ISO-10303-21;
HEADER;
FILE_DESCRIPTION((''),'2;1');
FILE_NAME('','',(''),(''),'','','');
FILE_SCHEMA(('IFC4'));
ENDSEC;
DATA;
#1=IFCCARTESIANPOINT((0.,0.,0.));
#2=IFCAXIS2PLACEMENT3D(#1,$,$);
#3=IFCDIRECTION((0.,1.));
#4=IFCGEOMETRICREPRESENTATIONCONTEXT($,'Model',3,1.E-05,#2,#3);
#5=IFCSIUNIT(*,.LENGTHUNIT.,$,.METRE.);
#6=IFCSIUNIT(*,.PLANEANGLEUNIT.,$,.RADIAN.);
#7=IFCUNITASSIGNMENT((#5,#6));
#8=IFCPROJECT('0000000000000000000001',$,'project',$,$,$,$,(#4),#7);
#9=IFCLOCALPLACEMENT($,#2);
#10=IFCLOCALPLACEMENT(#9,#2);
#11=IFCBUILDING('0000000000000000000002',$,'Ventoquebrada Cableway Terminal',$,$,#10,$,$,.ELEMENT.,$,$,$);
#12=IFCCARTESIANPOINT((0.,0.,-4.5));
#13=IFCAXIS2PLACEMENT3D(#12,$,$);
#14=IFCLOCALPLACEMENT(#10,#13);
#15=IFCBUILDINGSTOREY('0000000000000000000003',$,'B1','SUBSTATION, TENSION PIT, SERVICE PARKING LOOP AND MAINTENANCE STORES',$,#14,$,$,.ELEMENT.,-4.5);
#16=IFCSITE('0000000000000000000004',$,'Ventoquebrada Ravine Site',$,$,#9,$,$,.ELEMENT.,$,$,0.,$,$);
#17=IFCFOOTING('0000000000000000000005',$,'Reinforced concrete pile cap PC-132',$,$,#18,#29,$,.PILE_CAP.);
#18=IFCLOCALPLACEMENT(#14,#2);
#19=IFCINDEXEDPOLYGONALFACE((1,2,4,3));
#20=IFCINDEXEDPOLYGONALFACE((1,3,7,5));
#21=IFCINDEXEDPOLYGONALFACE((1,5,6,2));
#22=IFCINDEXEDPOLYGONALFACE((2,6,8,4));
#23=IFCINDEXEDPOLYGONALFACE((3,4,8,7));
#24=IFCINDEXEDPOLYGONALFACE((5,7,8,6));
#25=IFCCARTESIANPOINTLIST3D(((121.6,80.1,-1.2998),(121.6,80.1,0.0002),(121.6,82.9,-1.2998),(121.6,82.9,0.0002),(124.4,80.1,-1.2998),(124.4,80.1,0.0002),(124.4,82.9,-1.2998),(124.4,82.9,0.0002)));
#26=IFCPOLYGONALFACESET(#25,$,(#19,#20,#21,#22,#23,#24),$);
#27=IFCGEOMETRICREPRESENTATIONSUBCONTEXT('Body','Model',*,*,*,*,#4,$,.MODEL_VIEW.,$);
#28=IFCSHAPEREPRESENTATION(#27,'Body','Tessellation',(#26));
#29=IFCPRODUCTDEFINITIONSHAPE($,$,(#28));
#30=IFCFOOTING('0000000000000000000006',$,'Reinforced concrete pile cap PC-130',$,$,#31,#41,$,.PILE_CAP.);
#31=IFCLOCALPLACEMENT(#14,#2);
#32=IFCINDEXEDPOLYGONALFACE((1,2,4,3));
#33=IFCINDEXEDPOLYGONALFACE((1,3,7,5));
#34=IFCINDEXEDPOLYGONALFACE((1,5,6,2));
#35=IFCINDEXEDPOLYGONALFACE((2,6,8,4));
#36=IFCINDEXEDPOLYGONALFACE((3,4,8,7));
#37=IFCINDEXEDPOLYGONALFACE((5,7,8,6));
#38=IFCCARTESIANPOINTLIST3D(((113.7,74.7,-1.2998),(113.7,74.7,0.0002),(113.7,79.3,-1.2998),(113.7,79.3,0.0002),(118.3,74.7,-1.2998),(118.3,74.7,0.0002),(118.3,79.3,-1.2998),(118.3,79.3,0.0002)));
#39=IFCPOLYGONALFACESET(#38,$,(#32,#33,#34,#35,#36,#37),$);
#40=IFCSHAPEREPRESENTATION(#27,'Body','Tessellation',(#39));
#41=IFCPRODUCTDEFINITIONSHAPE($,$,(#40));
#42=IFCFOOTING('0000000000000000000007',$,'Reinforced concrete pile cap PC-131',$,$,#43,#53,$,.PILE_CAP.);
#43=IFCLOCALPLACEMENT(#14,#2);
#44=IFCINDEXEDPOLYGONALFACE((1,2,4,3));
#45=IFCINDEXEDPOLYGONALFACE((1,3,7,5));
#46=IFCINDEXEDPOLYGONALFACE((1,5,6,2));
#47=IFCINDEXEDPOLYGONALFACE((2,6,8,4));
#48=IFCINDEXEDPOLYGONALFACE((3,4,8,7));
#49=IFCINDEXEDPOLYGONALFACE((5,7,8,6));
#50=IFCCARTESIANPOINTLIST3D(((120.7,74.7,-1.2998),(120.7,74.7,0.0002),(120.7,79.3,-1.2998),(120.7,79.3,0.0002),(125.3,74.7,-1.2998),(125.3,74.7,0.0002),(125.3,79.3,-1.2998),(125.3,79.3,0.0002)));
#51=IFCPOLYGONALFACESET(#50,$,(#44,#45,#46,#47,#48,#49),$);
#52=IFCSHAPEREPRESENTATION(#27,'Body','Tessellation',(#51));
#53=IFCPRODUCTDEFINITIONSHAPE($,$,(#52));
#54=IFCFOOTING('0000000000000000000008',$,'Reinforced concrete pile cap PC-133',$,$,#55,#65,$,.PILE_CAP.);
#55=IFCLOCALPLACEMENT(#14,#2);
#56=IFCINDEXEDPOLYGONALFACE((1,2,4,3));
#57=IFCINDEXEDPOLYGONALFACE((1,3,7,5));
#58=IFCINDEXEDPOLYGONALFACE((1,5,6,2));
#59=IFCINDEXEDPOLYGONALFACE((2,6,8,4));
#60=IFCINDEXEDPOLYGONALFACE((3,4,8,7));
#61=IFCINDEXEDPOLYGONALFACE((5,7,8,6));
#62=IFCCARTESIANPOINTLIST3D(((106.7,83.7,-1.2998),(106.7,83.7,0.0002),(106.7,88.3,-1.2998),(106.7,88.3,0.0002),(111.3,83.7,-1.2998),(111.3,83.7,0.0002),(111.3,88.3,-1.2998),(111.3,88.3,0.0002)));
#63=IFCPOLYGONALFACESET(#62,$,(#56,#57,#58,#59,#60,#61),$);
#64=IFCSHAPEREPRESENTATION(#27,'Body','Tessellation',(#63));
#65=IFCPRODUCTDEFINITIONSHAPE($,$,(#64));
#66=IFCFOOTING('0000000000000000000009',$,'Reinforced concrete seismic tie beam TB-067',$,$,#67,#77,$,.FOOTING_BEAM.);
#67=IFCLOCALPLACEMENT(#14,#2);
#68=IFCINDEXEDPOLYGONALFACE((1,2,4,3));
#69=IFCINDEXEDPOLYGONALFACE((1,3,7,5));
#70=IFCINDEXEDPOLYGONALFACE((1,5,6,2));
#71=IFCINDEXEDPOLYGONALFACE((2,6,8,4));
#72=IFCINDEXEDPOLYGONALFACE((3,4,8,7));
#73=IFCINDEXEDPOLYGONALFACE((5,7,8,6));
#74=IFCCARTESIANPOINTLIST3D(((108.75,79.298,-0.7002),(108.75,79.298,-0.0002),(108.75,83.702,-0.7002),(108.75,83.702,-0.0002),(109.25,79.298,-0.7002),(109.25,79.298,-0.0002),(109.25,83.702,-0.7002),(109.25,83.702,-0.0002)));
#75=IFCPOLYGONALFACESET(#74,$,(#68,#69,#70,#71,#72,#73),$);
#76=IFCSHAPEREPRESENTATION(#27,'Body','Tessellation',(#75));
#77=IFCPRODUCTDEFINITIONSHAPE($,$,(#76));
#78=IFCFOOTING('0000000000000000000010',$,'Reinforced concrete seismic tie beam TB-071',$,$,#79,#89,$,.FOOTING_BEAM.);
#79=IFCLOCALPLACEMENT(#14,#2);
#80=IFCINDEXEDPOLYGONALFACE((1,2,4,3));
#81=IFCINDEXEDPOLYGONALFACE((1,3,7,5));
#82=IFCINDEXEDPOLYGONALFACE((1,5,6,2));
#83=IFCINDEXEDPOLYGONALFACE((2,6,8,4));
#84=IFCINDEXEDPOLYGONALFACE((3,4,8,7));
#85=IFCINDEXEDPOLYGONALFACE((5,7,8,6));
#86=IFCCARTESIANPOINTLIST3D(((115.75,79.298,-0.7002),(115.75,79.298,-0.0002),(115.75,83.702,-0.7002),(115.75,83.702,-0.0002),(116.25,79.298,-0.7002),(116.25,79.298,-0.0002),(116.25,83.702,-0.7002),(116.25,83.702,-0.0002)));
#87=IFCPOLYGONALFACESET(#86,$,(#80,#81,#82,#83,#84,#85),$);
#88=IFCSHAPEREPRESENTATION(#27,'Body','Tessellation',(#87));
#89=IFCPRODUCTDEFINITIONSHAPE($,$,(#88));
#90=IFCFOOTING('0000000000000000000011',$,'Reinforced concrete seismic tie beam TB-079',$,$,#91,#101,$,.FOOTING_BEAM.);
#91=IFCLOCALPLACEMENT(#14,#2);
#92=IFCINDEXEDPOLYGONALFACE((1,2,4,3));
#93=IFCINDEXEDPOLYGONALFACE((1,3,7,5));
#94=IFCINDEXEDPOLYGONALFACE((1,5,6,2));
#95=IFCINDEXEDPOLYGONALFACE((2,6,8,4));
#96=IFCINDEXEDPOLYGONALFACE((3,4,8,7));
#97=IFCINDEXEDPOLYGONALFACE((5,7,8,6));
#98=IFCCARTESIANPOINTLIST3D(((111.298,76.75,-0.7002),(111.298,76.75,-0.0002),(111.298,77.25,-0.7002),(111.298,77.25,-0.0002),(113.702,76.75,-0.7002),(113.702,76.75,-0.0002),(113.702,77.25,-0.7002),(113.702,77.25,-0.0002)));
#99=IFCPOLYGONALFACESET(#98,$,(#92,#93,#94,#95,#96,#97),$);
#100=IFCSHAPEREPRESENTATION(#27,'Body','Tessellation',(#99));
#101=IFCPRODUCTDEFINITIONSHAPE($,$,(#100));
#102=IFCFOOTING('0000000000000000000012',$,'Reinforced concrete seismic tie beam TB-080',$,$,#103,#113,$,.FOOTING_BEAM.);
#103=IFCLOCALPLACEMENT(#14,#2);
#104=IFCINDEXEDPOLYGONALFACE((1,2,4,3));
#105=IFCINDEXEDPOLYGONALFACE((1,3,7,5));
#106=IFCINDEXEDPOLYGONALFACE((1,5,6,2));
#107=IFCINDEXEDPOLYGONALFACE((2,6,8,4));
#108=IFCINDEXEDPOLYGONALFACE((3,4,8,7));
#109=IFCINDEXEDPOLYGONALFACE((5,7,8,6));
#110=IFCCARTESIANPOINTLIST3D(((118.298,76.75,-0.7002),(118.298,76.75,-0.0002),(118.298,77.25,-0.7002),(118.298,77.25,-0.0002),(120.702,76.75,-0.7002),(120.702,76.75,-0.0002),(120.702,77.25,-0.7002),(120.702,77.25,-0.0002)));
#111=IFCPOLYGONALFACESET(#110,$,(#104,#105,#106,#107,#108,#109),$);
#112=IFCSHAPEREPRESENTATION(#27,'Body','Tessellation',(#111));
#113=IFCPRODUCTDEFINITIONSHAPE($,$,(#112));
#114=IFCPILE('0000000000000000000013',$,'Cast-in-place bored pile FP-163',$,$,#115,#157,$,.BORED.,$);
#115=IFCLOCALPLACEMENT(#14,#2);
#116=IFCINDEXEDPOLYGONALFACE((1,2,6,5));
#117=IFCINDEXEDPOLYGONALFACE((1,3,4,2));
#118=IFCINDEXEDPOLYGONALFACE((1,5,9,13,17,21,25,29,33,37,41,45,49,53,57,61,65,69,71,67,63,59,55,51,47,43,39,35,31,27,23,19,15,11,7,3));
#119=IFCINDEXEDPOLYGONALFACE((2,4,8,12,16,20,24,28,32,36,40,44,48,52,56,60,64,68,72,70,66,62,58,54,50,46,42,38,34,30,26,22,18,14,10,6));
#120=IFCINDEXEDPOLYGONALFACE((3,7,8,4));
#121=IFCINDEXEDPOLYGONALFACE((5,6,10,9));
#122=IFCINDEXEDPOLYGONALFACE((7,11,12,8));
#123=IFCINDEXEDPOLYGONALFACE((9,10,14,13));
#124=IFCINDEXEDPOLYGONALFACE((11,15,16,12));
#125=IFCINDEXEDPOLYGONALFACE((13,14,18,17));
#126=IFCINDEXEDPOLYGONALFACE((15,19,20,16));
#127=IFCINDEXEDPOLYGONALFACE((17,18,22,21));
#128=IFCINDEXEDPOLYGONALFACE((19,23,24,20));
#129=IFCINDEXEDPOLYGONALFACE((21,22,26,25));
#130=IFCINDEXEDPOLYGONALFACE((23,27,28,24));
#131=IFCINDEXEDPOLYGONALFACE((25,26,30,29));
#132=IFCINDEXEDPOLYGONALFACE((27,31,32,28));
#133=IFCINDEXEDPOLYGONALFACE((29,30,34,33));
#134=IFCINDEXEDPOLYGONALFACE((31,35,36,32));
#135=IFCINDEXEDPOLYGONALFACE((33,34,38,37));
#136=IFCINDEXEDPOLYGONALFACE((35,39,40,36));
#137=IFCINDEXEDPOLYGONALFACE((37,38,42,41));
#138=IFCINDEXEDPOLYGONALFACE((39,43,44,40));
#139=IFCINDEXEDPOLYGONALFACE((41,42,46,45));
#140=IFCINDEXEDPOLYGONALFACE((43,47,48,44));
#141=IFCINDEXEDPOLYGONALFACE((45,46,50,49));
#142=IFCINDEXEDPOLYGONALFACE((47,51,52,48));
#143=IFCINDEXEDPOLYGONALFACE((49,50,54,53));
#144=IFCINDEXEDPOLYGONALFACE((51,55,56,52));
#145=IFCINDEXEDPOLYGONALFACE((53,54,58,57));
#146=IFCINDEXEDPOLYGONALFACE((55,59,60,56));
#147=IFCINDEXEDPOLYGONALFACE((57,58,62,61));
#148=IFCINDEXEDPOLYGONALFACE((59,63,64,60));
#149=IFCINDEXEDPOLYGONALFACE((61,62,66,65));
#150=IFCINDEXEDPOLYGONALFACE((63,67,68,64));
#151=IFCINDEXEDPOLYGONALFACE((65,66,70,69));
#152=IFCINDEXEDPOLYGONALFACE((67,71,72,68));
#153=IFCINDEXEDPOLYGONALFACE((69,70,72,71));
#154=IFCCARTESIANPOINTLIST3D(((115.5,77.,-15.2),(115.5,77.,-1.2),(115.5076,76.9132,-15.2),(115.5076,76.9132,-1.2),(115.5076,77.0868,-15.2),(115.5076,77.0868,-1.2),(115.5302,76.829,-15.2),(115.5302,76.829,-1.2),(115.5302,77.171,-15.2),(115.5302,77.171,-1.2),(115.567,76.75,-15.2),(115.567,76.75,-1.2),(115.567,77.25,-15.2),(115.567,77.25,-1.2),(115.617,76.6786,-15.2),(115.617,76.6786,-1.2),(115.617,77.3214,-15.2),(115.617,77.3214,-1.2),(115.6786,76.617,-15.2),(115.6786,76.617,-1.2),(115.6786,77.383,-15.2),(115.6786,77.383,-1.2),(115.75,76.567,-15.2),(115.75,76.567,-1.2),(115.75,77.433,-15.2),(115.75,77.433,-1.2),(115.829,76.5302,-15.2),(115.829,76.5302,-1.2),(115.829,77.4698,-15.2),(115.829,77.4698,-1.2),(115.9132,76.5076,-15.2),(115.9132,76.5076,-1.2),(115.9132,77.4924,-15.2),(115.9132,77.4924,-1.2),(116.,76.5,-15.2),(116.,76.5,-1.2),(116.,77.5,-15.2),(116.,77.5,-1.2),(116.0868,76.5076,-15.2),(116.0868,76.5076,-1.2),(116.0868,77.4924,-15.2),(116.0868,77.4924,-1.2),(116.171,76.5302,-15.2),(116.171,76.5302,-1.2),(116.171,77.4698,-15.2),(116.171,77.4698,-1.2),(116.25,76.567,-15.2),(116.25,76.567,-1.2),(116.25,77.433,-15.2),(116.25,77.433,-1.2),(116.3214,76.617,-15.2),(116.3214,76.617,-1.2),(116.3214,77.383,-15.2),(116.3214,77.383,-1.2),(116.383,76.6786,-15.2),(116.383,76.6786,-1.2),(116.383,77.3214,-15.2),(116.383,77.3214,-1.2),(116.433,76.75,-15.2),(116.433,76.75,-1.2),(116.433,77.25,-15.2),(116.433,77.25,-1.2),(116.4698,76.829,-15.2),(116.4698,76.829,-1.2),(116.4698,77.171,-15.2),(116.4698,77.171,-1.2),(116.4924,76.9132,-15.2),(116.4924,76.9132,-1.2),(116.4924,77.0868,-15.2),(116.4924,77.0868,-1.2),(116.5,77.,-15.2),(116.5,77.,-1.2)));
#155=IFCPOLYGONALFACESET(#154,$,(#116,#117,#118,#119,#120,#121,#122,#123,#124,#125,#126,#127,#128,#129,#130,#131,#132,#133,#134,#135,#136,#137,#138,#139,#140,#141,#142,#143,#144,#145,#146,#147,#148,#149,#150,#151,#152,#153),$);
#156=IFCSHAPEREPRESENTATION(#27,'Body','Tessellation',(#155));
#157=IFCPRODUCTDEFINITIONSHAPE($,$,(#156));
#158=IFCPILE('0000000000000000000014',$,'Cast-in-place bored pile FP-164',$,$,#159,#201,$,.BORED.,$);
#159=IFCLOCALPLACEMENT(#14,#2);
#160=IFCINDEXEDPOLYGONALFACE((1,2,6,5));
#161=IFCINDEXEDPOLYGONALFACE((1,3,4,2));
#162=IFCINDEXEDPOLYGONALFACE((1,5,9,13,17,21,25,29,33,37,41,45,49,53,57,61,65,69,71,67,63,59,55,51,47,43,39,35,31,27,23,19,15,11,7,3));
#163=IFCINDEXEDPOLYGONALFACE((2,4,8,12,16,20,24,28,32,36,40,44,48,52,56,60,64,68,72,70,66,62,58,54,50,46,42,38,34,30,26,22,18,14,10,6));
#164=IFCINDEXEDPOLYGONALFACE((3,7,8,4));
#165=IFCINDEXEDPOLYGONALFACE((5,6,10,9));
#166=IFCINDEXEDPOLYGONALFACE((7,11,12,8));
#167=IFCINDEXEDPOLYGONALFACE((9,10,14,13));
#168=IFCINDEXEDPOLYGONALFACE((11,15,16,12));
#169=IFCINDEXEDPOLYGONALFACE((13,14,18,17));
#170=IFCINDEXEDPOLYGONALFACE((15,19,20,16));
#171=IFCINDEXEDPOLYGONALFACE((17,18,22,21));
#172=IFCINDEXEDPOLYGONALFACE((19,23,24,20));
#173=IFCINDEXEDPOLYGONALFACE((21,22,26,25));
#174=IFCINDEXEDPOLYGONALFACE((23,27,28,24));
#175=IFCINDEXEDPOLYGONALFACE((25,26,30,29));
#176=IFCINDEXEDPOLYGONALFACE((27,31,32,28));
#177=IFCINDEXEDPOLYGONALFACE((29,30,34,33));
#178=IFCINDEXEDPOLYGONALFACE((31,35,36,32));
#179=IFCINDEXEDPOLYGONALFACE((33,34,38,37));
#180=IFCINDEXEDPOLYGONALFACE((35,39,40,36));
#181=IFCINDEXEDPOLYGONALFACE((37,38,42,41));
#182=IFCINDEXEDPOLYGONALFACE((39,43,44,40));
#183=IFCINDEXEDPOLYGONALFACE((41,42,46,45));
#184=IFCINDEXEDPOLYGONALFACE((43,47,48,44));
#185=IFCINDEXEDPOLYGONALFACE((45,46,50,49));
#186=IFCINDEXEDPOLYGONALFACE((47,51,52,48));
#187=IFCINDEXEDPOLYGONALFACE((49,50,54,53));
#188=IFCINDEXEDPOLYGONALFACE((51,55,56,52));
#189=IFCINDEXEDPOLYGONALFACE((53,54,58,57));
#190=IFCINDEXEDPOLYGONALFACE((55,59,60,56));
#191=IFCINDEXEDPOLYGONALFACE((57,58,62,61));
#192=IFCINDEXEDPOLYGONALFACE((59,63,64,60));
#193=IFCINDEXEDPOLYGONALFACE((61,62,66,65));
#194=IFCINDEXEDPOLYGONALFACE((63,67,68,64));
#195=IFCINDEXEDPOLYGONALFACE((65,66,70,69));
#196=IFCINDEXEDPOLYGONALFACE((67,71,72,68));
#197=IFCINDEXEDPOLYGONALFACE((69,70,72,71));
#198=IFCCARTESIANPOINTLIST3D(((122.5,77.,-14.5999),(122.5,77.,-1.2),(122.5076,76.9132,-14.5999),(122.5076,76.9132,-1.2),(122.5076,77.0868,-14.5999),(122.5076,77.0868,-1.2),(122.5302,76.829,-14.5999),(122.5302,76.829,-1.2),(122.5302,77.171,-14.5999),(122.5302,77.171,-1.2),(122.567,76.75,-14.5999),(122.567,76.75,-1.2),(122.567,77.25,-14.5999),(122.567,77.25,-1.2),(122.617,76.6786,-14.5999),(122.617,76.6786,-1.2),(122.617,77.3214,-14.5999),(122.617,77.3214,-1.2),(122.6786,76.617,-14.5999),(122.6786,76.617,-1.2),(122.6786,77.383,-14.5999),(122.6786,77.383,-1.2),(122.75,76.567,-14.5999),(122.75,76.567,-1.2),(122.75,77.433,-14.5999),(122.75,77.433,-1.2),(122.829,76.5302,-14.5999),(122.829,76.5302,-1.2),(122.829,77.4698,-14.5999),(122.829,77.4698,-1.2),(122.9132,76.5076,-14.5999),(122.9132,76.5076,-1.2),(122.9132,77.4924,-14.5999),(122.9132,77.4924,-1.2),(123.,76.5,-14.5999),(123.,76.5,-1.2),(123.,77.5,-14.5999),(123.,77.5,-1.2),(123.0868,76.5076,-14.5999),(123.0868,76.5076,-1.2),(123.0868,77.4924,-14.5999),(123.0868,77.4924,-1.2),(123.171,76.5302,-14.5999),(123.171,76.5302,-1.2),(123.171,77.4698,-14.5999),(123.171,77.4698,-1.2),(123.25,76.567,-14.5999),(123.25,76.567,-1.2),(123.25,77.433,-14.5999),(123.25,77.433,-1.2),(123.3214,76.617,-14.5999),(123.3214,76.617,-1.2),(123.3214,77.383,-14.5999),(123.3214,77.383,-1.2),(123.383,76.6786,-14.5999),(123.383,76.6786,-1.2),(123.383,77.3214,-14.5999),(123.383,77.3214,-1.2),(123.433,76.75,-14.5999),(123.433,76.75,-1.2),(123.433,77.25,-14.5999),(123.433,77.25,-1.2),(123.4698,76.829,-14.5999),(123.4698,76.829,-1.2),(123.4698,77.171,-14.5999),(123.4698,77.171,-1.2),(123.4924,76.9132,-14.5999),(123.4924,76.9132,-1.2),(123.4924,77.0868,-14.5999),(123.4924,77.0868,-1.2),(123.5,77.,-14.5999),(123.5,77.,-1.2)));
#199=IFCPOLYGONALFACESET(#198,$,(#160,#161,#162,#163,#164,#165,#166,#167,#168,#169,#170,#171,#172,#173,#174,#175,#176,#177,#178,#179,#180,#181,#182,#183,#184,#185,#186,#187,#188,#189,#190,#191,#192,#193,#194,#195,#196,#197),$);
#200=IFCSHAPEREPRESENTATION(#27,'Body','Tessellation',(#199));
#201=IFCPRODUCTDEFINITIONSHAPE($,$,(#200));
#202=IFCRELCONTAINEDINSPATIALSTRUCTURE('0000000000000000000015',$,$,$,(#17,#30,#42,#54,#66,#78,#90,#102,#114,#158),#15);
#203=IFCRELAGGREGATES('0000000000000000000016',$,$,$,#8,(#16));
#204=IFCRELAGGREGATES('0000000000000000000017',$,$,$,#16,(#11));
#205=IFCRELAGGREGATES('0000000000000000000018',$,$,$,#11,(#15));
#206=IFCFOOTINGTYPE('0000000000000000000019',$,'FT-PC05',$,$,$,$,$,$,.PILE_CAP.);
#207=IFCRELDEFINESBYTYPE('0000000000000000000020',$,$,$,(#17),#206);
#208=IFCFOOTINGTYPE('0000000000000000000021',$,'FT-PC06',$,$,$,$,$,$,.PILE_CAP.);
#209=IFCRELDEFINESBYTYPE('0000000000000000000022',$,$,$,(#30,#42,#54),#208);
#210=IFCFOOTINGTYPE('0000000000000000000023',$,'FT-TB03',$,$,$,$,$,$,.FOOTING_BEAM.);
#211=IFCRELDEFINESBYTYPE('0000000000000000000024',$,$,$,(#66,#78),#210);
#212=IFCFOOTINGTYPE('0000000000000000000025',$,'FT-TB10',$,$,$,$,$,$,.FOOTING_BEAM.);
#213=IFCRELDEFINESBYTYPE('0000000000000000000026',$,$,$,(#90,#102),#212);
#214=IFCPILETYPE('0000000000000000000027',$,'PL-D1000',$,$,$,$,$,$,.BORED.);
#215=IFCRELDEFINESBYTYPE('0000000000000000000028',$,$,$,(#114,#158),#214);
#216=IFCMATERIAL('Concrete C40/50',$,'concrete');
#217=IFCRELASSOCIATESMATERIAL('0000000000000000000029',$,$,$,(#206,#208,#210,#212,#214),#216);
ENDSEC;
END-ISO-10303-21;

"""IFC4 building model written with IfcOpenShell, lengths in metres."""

from ifc_helpers import new_model, si_unit, direction, frame, origin, origin_2d, place, context, subcontext, project, spatial, rectangle, circle, extrude, material, material_profile, profile_set, type_object, element, save


model = new_model("IFC4")

# Units and contexts
model_context = context("Model", 3, precision=1e-05, world=origin(), true_north=direction((0.0, 1.0)))
body_context = subcontext(model_context, "Body", "Model", "MODEL_VIEW")
ifc_project = project(units=[si_unit("LENGTHUNIT", "METRE"), si_unit("PLANEANGLEUNIT", "RADIAN")], contexts=[model_context])

# Site, building, storey
site_placement = place(None, origin())
site = spatial("IfcSite", under=ifc_project, at=site_placement, Name="Ventoquebrada Ravine Site", CompositionType="ELEMENT", RefElevation=0.0)
building_placement = place(site_placement, origin())
building = spatial("IfcBuilding", under=site, at=building_placement, Name="Ventoquebrada Cableway Terminal", CompositionType="ELEMENT")
storey_placement = place(building_placement, frame((0.0, 0.0, -4.5)))
storey = spatial("IfcBuildingStorey", under=building, at=storey_placement, Name="B1", Description="SUBSTATION, TENSION PIT, SERVICE PARKING LOOP AND MAINTENANCE STORES", CompositionType="ELEMENT", Elevation=-4.5)

# Footings
ifc_material_1 = material(Name="Concrete C40/50", Category="concrete")
footing_type_1 = type_object("IfcFootingType", Name="FT-PC05", PredefinedType="PILE_CAP", material=ifc_material_1)
footing_placement = place(storey_placement, frame((123.0, 81.5, -1.2998), z_axis=(0.0, 0.0, 1.0), x_axis=(1.0, 0.0, 0.0)))
element("IfcFooting", 1, at=footing_placement, inside=storey, type_object=footing_type_1, Name="Reinforced concrete pile cap PC-132", PredefinedType="PILE_CAP", context=body_context, shape_type="SweptSolid", body=[
    extrude(rectangle(XDim=2.8, YDim=2.8, at=origin_2d()), origin(), (0.0, 0.0, 1.0), 1.3),
])
footing_type_2 = type_object("IfcFootingType", Name="FT-PC06", PredefinedType="PILE_CAP", material=ifc_material_1)
for number, where, z_axis, x_axis, name in (
    (2, (116.0, 77.0, -1.2998), (0.0, 0.0, 1.0), (1.0, 0.0, 0.0), "Reinforced concrete pile cap PC-130"),
    (3, (123.0, 77.0, -1.2998), (0.0, 0.0, 1.0), (1.0, 0.0, 0.0), "Reinforced concrete pile cap PC-131"),
    (4, (109.0, 86.0, -1.2998), (0.0, 0.0, 1.0), (1.0, 0.0, 0.0), "Reinforced concrete pile cap PC-133"),
):
    element("IfcFooting", number, at=place(storey_placement, frame(where, z_axis=z_axis, x_axis=x_axis)), inside=storey, type_object=footing_type_2, Name=name, PredefinedType="PILE_CAP", context=body_context, shape_type="SweptSolid", body=[
        extrude(rectangle(XDim=4.6001, YDim=4.6001, at=origin_2d()), origin(), (0.0, 0.0, 1.0), 1.3),
    ])
footing_type_3 = type_object("IfcFootingType", Name="FT-TB03", PredefinedType="FOOTING_BEAM", material=ifc_material_1)
for number, where, z_axis, x_axis, name in (
    (5, (109.0, 81.5, -0.7002), (0.0, 0.0, 1.0), (0.0, 1.0, 0.0), "Reinforced concrete seismic tie beam TB-067"),
    (6, (116.0, 81.5, -0.7002), (0.0, 0.0, 1.0), (0.0, 1.0, 0.0), "Reinforced concrete seismic tie beam TB-071"),
):
    element("IfcFooting", number, at=place(storey_placement, frame(where, z_axis=z_axis, x_axis=x_axis)), inside=storey, type_object=footing_type_3, Name=name, PredefinedType="FOOTING_BEAM", context=body_context, shape_type="SweptSolid", body=[
        extrude(rectangle(XDim=4.4041, YDim=0.5, at=origin_2d()), origin(), (0.0, 0.0, 1.0), 0.7),
    ])
footing_type_4 = type_object("IfcFootingType", Name="FT-TB10", PredefinedType="FOOTING_BEAM", material=ifc_material_1)
for number, where, z_axis, x_axis, name in (
    (7, (112.5, 77.0, -0.7002), (0.0, 0.0, 1.0), (1.0, 0.0, 0.0), "Reinforced concrete seismic tie beam TB-079"),
    (8, (119.5, 77.0, -0.7002), (0.0, 0.0, 1.0), (1.0, 0.0, 0.0), "Reinforced concrete seismic tie beam TB-080"),
):
    element("IfcFooting", number, at=place(storey_placement, frame(where, z_axis=z_axis, x_axis=x_axis)), inside=storey, type_object=footing_type_4, Name=name, PredefinedType="FOOTING_BEAM", context=body_context, shape_type="SweptSolid", body=[
        extrude(rectangle(XDim=2.4041, YDim=0.5, at=origin_2d()), origin(), (0.0, 0.0, 1.0), 0.7),
    ])

# Piles
ifc_material_profile_1 = material_profile(ifc_material_1, circle(Radius=0.5, at=origin_2d()), Name="PILE-D1000")
ifc_profile_set_1 = profile_set([ifc_material_profile_1], Name="Concrete C40/50")
pile_type = type_object("IfcPileType", Name="PL-D1000", PredefinedType="BORED", material=ifc_profile_set_1)
pile_1_placement = place(storey_placement, frame((116.0, 77.0, -1.2), z_axis=(0.0, 0.0, -1.0), x_axis=(1.0, 0.0, 0.0)))
element("IfcPile", 9, at=pile_1_placement, inside=storey, type_object=pile_type, Name="Cast-in-place bored pile FP-163", PredefinedType="BORED", context=body_context, shape_type="SweptSolid", body=[
    extrude(circle(Radius=0.5, at=origin_2d()), origin(), (0.0, 0.0, 1.0), 14.0),
])
pile_2_placement = place(storey_placement, frame((123.0, 77.0, -1.2), z_axis=(0.0, 0.0, -1.0), x_axis=(1.0, 0.0, 0.0)))
element("IfcPile", 10, at=pile_2_placement, inside=storey, type_object=pile_type, Name="Cast-in-place bored pile FP-164", PredefinedType="BORED", context=body_context, shape_type="SweptSolid", body=[
    extrude(circle(Radius=0.5, at=origin_2d()), origin(), (0.0, 0.0, 1.0), 13.3999),
])

save(model, "model.ifc")
